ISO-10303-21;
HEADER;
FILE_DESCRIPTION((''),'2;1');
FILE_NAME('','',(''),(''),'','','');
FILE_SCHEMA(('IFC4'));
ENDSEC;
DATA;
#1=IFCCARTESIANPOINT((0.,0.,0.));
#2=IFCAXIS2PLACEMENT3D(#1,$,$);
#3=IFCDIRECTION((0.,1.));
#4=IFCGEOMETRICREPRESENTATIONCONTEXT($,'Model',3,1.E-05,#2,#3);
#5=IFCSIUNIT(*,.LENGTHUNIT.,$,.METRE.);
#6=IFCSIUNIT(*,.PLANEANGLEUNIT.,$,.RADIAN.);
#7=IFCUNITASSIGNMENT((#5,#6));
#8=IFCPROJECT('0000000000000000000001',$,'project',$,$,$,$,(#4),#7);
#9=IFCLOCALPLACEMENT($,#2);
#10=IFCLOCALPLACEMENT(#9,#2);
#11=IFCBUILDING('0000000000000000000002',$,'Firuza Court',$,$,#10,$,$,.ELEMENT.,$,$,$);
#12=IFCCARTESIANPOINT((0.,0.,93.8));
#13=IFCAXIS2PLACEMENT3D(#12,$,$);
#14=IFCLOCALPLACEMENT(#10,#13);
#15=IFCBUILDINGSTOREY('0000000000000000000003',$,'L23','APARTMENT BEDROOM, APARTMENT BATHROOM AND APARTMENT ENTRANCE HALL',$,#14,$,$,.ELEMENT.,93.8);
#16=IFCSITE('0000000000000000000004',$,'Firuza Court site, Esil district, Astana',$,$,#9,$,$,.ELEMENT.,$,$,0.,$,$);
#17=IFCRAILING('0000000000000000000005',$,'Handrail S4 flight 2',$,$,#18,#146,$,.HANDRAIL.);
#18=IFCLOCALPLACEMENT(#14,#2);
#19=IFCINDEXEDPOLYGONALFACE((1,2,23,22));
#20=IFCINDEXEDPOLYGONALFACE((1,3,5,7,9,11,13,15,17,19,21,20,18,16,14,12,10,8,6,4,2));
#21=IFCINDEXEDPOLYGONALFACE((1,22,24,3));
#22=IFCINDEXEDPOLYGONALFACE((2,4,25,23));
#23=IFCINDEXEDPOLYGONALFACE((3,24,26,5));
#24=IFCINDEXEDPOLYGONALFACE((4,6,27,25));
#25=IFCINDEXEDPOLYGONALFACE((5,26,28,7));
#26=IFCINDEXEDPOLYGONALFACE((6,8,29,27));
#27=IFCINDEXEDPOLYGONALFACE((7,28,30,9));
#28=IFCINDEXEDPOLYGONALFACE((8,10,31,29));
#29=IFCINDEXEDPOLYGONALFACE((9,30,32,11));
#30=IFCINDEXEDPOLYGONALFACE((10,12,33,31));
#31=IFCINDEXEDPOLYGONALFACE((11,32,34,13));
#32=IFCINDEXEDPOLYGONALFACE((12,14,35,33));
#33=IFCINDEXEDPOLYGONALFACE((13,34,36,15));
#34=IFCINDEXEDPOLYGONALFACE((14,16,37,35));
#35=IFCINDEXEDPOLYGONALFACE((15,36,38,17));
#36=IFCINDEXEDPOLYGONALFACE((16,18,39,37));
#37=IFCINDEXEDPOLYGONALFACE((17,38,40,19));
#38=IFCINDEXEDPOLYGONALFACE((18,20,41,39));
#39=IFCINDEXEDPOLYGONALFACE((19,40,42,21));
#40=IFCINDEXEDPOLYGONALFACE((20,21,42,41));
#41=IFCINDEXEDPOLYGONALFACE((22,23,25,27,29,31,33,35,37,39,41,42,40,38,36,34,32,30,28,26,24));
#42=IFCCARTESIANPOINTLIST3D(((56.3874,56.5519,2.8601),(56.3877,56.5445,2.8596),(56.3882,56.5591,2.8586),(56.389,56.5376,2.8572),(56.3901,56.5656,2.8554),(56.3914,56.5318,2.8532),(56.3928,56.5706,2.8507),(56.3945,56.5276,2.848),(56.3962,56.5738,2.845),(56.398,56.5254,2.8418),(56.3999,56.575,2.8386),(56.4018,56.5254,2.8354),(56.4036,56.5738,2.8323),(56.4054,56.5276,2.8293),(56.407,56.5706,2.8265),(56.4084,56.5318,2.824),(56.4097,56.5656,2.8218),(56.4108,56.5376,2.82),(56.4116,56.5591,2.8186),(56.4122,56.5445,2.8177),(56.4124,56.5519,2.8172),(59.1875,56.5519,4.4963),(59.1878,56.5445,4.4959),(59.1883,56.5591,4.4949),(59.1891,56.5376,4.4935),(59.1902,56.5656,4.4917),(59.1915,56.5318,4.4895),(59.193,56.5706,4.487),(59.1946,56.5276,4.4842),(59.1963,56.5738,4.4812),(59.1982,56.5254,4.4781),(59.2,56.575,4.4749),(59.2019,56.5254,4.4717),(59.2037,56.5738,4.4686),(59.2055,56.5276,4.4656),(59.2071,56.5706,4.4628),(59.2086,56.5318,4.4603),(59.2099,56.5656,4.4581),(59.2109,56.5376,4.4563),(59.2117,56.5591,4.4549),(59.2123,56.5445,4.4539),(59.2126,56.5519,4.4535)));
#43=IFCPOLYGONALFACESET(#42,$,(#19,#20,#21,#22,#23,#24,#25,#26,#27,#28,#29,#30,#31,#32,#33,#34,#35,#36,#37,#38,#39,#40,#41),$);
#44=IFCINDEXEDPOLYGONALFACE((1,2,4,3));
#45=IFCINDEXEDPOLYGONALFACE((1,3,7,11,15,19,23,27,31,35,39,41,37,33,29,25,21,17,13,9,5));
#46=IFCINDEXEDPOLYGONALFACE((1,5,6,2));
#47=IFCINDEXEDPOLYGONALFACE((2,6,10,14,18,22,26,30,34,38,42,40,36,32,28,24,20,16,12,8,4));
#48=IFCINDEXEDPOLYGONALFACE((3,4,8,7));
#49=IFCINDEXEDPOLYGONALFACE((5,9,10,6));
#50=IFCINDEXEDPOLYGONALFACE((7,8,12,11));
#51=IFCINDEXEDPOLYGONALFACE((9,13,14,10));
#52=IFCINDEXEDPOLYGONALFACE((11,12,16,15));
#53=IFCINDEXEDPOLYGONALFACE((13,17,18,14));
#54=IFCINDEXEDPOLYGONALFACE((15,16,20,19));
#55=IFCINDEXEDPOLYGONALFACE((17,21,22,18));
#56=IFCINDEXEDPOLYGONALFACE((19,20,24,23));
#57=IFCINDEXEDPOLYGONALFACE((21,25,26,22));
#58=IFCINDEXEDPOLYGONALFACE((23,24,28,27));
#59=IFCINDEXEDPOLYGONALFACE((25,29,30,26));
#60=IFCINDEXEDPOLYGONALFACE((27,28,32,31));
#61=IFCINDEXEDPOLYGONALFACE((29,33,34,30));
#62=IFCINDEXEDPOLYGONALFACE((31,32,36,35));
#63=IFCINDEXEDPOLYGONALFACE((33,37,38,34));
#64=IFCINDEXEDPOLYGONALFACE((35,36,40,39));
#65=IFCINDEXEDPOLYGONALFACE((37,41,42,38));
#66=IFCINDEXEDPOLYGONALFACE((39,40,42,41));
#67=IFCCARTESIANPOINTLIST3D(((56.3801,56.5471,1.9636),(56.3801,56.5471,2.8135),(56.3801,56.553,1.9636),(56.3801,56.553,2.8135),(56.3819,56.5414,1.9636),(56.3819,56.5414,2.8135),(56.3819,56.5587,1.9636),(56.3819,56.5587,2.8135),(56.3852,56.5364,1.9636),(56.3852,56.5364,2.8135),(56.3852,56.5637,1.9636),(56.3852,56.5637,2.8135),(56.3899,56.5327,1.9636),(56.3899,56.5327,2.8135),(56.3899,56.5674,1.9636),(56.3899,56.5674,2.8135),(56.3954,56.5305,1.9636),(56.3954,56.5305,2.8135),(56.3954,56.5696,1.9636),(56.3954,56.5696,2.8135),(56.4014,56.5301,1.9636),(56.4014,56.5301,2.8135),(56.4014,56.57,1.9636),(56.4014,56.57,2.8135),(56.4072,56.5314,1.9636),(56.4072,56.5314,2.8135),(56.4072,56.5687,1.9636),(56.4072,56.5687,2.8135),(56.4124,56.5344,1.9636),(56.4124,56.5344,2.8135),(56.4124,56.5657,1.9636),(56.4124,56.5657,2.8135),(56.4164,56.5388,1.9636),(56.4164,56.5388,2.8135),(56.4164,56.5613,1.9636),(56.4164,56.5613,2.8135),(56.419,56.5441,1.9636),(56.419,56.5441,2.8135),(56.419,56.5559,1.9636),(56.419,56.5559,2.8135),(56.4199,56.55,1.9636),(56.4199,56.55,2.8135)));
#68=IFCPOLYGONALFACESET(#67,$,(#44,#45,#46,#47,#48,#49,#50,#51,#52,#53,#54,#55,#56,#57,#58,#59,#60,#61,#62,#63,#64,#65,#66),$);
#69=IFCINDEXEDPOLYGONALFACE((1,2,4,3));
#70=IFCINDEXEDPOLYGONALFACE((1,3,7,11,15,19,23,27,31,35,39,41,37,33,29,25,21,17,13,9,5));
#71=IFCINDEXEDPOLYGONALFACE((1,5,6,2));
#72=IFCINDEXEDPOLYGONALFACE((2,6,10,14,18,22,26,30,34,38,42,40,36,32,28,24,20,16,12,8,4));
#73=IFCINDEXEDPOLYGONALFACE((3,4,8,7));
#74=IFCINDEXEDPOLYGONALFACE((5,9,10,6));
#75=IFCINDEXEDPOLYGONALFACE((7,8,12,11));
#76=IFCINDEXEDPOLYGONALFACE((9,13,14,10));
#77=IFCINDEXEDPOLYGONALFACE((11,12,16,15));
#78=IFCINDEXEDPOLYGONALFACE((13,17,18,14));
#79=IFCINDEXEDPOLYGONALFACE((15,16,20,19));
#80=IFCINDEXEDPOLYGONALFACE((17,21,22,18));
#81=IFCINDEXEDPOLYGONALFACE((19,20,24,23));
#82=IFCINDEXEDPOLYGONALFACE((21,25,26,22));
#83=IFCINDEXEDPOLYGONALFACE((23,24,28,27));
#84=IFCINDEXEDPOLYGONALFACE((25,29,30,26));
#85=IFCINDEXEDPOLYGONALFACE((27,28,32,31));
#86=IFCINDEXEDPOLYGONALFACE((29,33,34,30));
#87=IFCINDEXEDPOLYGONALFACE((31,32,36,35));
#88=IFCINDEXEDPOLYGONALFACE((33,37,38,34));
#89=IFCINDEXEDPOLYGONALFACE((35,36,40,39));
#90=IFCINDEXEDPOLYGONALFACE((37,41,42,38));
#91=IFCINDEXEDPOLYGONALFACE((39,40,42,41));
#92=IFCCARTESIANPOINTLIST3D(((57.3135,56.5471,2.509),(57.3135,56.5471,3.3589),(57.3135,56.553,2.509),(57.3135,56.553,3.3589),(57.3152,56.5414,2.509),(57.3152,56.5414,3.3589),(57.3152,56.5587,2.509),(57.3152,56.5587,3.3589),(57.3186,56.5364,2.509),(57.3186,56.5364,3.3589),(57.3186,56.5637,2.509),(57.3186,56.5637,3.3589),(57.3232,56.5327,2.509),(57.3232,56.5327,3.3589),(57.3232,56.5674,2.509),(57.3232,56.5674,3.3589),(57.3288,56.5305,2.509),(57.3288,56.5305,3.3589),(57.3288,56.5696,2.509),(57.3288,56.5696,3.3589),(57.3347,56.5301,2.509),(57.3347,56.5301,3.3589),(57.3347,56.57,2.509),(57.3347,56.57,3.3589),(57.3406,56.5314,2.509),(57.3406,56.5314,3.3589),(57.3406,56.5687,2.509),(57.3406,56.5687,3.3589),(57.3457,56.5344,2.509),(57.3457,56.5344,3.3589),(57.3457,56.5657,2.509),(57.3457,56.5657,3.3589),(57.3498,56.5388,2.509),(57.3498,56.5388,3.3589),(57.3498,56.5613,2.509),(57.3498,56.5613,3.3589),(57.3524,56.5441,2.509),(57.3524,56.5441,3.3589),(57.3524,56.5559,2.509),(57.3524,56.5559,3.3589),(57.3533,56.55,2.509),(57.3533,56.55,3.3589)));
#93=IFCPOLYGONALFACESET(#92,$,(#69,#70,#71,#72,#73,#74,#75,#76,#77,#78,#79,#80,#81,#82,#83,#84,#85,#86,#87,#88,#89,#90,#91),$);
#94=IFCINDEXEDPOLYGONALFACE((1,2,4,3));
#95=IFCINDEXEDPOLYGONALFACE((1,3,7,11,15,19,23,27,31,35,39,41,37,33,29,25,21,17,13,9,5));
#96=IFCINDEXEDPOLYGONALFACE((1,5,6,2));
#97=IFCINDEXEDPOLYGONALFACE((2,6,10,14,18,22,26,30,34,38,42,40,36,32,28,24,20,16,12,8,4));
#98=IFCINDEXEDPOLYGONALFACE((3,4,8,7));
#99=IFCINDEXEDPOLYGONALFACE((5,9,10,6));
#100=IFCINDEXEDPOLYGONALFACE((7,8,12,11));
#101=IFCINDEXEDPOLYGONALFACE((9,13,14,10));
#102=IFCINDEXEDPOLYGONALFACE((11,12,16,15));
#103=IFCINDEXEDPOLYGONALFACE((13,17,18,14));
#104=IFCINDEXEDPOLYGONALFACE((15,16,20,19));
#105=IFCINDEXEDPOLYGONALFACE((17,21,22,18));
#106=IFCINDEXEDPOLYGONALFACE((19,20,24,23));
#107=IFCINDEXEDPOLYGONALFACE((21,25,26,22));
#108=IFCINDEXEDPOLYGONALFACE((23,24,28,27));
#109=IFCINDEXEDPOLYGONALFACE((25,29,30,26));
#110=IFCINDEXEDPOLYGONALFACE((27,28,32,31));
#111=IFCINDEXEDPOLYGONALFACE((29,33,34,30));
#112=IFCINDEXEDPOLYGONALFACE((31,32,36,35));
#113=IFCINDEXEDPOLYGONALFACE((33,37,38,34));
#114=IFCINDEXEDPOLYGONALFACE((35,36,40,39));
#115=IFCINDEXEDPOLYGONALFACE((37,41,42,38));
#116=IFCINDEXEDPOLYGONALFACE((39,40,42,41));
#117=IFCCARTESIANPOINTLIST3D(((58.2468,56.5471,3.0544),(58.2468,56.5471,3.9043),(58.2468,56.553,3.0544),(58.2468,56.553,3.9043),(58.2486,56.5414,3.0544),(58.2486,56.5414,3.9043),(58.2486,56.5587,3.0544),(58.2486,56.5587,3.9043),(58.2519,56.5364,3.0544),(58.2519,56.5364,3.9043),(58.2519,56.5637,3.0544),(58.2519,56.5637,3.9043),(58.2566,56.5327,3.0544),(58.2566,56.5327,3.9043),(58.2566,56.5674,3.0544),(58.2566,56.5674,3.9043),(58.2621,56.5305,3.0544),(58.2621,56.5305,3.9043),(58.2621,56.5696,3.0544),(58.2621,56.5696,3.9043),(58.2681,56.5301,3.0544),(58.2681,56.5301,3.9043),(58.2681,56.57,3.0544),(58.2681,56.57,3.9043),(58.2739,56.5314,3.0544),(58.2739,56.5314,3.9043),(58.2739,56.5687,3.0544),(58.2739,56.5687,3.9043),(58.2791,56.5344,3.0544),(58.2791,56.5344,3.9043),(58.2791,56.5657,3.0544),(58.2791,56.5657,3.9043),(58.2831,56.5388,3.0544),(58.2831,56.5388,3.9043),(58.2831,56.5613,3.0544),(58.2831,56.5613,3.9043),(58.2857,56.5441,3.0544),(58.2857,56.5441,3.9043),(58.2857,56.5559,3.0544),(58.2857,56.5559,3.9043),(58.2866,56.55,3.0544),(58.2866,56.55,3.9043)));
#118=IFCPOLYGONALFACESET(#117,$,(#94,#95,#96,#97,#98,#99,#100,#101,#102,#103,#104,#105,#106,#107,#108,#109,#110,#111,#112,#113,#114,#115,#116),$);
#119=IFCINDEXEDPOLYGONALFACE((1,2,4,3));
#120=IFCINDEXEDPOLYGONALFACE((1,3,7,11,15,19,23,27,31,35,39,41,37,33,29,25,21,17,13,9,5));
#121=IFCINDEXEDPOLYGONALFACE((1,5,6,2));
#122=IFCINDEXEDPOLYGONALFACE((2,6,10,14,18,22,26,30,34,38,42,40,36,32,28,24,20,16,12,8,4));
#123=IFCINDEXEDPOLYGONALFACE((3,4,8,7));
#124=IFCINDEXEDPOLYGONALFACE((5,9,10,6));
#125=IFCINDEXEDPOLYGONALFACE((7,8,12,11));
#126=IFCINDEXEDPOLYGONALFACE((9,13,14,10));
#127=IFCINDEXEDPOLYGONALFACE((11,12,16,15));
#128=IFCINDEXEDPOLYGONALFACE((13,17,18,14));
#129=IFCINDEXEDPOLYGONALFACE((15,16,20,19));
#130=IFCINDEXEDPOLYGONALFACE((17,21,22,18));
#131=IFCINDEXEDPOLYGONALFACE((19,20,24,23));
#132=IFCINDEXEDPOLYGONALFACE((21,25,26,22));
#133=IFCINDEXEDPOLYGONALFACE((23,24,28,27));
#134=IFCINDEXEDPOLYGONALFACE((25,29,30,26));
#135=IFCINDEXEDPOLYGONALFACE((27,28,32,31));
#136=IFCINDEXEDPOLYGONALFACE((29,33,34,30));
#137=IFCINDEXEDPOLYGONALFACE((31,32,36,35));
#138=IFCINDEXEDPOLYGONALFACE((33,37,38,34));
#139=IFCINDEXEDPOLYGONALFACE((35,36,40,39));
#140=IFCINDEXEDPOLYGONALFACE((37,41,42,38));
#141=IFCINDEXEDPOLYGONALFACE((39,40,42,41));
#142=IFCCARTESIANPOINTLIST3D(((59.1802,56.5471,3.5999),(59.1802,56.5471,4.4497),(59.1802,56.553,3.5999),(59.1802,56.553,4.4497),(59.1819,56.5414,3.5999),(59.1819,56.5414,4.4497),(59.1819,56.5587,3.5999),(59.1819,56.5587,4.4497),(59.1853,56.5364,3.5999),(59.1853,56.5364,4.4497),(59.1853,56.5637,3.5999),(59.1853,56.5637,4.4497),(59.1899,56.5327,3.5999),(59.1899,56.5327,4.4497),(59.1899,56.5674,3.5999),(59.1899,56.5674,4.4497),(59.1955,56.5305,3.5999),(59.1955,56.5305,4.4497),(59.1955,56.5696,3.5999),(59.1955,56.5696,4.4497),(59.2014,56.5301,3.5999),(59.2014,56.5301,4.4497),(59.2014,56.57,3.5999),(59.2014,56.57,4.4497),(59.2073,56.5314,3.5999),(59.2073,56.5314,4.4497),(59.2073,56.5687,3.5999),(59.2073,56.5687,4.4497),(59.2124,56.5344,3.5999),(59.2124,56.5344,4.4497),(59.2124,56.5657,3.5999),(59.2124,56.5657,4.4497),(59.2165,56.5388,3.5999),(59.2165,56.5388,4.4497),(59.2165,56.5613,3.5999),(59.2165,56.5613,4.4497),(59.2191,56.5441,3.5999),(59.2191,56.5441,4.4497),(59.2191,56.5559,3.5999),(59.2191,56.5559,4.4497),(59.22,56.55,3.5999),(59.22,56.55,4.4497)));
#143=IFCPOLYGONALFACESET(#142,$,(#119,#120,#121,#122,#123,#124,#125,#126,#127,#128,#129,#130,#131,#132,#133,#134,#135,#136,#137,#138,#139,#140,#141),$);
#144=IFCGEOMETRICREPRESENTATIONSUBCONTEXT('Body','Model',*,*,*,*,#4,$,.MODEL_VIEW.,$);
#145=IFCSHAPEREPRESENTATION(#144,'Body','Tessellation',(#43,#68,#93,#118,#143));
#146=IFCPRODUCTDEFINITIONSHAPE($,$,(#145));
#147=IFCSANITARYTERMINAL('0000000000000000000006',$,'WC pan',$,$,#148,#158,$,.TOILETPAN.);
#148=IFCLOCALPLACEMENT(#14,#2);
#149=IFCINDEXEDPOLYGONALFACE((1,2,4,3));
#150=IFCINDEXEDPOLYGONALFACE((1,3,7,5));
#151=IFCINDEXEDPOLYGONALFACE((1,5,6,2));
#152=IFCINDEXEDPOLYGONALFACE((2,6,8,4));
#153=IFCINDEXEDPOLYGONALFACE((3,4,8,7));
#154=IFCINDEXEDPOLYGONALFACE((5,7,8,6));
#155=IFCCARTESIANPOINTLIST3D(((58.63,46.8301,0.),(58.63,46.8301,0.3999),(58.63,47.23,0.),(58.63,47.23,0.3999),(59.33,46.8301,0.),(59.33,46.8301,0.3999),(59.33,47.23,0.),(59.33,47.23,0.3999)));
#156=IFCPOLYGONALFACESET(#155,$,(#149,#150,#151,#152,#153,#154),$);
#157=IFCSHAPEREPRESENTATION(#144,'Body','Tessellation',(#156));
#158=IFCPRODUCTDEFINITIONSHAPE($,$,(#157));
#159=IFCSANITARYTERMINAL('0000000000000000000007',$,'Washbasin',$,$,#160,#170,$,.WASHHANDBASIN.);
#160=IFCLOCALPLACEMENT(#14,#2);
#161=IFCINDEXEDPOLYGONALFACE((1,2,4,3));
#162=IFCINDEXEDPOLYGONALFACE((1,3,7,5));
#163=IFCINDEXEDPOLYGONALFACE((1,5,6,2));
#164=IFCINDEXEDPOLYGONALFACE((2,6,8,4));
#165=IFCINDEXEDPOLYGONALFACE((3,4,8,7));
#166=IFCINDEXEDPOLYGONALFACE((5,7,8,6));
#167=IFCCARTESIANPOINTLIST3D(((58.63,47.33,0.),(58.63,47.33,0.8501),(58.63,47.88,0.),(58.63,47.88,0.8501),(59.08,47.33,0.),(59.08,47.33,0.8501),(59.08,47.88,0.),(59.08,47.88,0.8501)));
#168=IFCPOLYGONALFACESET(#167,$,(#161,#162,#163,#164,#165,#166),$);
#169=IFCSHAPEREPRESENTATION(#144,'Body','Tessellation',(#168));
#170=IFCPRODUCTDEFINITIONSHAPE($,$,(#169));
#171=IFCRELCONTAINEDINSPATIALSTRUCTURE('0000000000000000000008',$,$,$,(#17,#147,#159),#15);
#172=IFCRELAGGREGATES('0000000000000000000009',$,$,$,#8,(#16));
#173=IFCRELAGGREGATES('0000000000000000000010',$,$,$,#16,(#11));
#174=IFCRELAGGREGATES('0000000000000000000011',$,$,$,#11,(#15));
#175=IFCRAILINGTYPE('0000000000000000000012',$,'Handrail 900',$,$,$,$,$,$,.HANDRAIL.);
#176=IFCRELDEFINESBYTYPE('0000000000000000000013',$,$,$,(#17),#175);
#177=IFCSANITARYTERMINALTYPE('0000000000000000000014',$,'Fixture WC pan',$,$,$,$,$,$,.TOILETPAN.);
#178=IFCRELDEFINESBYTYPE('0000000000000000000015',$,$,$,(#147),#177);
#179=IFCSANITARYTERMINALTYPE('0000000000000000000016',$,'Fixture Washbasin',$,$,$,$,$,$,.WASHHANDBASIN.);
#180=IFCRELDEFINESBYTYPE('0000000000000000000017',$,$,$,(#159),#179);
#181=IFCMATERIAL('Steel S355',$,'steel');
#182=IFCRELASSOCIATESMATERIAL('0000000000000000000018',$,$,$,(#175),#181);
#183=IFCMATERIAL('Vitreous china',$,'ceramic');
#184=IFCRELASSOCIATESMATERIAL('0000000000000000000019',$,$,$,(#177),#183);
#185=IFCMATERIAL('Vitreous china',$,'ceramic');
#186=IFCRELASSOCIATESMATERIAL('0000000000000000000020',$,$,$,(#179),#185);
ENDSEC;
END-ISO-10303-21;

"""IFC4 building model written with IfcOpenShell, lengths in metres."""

from ifc_helpers import new_model, si_unit, direction, frame, origin, origin_2d, place, context, subcontext, project, spatial, rectangle, circle, extrude, material, type_object, element, save


model = new_model("IFC4")

# Units and contexts
model_context = context("Model", 3, precision=1e-05, world=origin(), true_north=direction((0.0, 1.0)))
body_context = subcontext(model_context, "Body", "Model", "MODEL_VIEW")
ifc_project = project(units=[si_unit("LENGTHUNIT", "METRE"), si_unit("PLANEANGLEUNIT", "RADIAN")], contexts=[model_context])

# Site, building, storey
site_placement = place(None, origin())
site = spatial("IfcSite", under=ifc_project, at=site_placement, Name="Firuza Court site, Esil district, Astana", CompositionType="ELEMENT", RefElevation=0.0)
building_placement = place(site_placement, origin())
building = spatial("IfcBuilding", under=site, at=building_placement, Name="Firuza Court", CompositionType="ELEMENT")
storey_placement = place(building_placement, frame((0.0, 0.0, 93.8)))
storey = spatial("IfcBuildingStorey", under=building, at=storey_placement, Name="L23", Description="APARTMENT BEDROOM, APARTMENT BATHROOM AND APARTMENT ENTRANCE HALL", CompositionType="ELEMENT", Elevation=93.8)

# Railing
ifc_material_1 = material(Name="Steel S355", Category="steel")
railing_type_1 = type_object("IfcRailingType", Name="Handrail 900", PredefinedType="HANDRAIL", material=ifc_material_1)
railing_1_placement = place(storey_placement, frame((56.3999, 56.55, 1.9636)))
element("IfcRailing", 1, at=railing_1_placement, inside=storey, type_object=railing_type_1, Name="Handrail S4 flight 2", PredefinedType="HANDRAIL", context=body_context, shape_type="SweptSolid", body=[
    extrude(circle(Radius=0.0249, at=origin_2d()), frame((0.0, 0.0, 0.875), z_axis=(0.863394, 0.0, 0.504531), x_axis=(0.0, 1.0, 0.0)), (0.0, 0.0, 1.0), 3.2432),
    extrude(circle(Radius=0.02, at=origin_2d()), origin(), (0.0, 0.0, 1.0), 0.8499),
    extrude(circle(Radius=0.02, at=origin_2d()), frame((0.9333, 0.0, 0.5454)), (0.0, 0.0, 1.0), 0.8499),
    extrude(circle(Radius=0.02, at=origin_2d()), frame((1.8667, 0.0, 1.0908)), (0.0, 0.0, 1.0), 0.8499),
    extrude(circle(Radius=0.02, at=origin_2d()), frame((2.8, 0.0, 1.6362)), (0.0, 0.0, 1.0), 0.8499),
])

# Sanitary terminals
ifc_material_2 = material(Name="Vitreous china", Category="ceramic")
sanitary_terminal_type_1 = type_object("IfcSanitaryTerminalType", Name="Fixture WC pan", PredefinedType="TOILETPAN", material=ifc_material_2)
sanitary_terminal_1_placement = place(storey_placement, frame((58.98, 47.03, 0.0), z_axis=(0.0, 0.0, 1.0), x_axis=(1.0, 0.0, 0.0)))
element("IfcSanitaryTerminal", 2, at=sanitary_terminal_1_placement, inside=storey, type_object=sanitary_terminal_type_1, Name="WC pan", PredefinedType="TOILETPAN", context=body_context, shape_type="SweptSolid", body=[
    extrude(rectangle(XDim=0.7, YDim=0.3999, at=origin_2d()), origin(), (0.0, 0.0, 1.0), 0.3999),
])
ifc_material_3 = material(Name="Vitreous china", Category="ceramic")
sanitary_terminal_type_2 = type_object("IfcSanitaryTerminalType", Name="Fixture Washbasin", PredefinedType="WASHHANDBASIN", material=ifc_material_3)
sanitary_terminal_2_placement = place(storey_placement, frame((58.855, 47.605, 0.0), z_axis=(0.0, 0.0, 1.0), x_axis=(1.0, 0.0, 0.0)))
element("IfcSanitaryTerminal", 3, at=sanitary_terminal_2_placement, inside=storey, type_object=sanitary_terminal_type_2, Name="Washbasin", PredefinedType="WASHHANDBASIN", context=body_context, shape_type="SweptSolid", body=[
    extrude(rectangle(XDim=0.45, YDim=0.55, at=origin_2d()), origin(), (0.0, 0.0, 1.0), 0.8501),
])

save(model, "model.ifc")
